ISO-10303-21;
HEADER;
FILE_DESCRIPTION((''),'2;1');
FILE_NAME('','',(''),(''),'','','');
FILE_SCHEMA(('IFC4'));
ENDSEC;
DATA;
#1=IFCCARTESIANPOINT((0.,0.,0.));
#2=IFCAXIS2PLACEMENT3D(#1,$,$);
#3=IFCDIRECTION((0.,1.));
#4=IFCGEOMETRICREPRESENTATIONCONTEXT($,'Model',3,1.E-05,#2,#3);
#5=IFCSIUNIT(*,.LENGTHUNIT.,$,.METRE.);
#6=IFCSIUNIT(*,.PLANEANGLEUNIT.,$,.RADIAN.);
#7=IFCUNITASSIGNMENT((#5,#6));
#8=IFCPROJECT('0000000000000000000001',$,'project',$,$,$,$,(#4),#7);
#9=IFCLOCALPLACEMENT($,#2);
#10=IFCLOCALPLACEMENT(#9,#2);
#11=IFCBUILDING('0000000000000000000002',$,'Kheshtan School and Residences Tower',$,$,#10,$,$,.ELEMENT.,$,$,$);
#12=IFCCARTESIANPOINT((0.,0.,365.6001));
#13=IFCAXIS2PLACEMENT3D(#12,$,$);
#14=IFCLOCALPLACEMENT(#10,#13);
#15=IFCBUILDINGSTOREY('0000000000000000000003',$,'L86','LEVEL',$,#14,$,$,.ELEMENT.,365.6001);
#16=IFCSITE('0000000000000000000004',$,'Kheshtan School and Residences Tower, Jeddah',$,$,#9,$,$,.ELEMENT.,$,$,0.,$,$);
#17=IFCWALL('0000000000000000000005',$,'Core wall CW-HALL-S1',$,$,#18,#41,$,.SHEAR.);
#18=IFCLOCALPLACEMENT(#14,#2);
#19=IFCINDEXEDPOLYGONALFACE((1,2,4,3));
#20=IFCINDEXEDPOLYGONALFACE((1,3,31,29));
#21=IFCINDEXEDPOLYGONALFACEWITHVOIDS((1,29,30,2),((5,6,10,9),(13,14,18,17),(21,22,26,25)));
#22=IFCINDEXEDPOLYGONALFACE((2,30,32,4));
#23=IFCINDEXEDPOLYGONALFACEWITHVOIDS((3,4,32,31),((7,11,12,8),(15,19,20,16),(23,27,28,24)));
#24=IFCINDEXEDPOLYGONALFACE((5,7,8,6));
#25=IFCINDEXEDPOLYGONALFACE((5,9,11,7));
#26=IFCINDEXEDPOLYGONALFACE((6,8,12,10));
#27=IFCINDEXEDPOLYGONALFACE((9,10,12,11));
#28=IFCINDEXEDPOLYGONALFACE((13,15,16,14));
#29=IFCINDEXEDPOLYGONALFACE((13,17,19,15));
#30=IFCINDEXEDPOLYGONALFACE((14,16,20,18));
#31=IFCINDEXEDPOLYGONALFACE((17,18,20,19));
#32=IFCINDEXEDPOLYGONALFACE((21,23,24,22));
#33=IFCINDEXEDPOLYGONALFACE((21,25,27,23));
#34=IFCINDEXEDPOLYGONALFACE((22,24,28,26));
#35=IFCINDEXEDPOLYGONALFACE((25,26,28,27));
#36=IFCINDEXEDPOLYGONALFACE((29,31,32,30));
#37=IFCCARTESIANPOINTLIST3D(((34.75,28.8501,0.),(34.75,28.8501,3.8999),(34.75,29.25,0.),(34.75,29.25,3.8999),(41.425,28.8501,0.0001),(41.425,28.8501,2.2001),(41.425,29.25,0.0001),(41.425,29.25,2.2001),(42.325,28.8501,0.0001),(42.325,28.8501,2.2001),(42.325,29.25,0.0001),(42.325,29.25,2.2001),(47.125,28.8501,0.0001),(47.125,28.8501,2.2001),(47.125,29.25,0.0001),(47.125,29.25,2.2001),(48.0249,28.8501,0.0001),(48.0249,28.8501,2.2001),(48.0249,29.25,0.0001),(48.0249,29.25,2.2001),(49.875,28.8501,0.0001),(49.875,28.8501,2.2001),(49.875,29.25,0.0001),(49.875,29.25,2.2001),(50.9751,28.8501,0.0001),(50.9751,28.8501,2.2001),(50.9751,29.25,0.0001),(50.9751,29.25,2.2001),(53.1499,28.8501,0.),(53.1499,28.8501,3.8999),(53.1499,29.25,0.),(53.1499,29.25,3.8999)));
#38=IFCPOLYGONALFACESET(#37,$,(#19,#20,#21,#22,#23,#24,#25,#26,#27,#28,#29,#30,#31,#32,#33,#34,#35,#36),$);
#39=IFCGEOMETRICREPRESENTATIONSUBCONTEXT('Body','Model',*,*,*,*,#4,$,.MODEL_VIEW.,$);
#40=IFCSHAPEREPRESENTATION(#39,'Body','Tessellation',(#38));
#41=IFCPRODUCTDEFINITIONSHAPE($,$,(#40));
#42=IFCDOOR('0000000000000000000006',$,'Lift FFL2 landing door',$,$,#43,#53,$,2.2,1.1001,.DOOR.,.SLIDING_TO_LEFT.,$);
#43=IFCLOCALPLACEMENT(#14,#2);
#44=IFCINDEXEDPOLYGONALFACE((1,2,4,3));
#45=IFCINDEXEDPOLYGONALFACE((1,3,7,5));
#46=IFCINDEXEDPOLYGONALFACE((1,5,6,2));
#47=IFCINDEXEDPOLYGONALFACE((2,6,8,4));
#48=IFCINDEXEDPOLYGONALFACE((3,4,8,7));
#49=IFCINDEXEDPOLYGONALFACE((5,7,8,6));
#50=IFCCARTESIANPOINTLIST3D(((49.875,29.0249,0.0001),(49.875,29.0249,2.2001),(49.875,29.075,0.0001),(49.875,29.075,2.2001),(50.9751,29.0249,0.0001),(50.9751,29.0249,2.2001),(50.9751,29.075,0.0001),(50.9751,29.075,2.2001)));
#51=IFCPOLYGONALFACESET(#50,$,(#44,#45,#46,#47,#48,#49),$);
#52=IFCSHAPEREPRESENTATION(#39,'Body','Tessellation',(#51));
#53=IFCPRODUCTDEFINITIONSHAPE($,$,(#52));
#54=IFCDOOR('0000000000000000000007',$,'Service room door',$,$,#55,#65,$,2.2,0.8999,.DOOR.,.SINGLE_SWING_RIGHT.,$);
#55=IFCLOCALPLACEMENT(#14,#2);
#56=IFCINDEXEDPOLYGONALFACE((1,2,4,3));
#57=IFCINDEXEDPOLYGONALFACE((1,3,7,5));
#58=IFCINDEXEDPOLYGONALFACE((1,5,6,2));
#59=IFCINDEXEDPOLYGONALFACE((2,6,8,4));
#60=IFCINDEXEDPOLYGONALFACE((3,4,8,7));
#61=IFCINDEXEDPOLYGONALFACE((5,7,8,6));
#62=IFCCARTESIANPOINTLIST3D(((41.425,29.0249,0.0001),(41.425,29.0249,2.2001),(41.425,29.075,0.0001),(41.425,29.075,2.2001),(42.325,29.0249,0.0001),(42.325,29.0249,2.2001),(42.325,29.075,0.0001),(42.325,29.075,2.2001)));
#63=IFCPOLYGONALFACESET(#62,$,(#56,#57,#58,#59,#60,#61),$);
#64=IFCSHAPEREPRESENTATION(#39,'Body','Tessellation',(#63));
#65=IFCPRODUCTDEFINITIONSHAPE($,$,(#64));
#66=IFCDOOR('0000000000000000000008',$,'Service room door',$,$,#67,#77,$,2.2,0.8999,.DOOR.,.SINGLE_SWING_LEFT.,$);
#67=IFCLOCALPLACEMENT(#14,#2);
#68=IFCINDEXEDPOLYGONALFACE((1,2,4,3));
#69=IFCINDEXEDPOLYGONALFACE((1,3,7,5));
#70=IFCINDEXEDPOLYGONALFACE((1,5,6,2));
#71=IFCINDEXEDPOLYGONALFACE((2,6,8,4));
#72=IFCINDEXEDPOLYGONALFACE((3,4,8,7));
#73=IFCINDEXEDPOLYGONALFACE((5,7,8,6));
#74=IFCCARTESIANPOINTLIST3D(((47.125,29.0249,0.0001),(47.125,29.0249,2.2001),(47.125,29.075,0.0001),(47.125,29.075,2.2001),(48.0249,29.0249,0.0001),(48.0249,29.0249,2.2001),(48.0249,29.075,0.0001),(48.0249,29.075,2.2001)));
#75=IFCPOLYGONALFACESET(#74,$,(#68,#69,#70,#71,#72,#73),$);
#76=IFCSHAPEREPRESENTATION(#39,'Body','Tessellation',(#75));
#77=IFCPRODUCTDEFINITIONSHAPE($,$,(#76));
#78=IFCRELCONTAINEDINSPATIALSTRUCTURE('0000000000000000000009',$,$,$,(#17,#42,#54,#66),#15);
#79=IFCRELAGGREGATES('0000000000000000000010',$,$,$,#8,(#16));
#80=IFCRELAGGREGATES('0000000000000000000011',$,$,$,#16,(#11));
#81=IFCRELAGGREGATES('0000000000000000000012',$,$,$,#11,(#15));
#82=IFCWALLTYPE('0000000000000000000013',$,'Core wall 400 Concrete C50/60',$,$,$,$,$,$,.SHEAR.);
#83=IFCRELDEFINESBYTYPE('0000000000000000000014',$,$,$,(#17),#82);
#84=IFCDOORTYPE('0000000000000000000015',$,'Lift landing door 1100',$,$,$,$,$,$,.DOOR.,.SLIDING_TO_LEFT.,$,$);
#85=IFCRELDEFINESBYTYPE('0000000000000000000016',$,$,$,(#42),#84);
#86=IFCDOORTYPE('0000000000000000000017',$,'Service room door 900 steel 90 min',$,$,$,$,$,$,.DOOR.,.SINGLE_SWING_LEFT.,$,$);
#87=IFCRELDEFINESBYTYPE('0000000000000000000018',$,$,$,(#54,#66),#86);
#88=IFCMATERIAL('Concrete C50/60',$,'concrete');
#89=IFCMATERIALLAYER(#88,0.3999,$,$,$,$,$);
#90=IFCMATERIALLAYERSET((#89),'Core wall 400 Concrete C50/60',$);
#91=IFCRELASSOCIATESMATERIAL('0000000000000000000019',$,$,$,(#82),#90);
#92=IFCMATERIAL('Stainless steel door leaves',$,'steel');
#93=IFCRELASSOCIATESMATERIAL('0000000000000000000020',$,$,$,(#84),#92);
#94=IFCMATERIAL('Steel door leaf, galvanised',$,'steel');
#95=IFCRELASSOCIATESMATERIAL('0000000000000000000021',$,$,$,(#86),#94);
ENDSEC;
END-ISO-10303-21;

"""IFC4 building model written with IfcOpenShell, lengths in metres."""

from ifc_helpers import new_model, si_unit, direction, frame, frame_2d, origin, place, context, subcontext, project, spatial, rectangle, extrude, source, transform, mapped, material, layer, layer_set, type_object, element, fill, save


model = new_model("IFC4")

# Units and contexts
model_context = context("Model", 3, precision=1e-05, world=origin(), true_north=direction((0.0, 1.0)))
body_context = subcontext(model_context, "Body", "Model", "MODEL_VIEW")
ifc_project = project(units=[si_unit("LENGTHUNIT", "METRE"), si_unit("PLANEANGLEUNIT", "RADIAN")], contexts=[model_context])

# Site, building, storey
site_placement = place(None, origin())
site = spatial("IfcSite", under=ifc_project, at=site_placement, Name="Kheshtan School and Residences Tower, Jeddah", CompositionType="ELEMENT", RefElevation=0.0)
building_placement = place(site_placement, origin())
building = spatial("IfcBuilding", under=site, at=building_placement, Name="Kheshtan School and Residences Tower", CompositionType="ELEMENT")
storey_placement = place(building_placement, frame((0.0, 0.0, 365.6001)))
storey = spatial("IfcBuildingStorey", under=building, at=storey_placement, Name="L86", Description="LEVEL", CompositionType="ELEMENT", Elevation=365.6001)

# Wall, openings, doors
ifc_material_1 = material(Name="Concrete C50/60", Category="concrete")
ifc_layer_1 = layer(ifc_material_1, 0.3999)
ifc_layer_set_1 = layer_set([ifc_layer_1], Name="Core wall 400 Concrete C50/60")
wall_type_1 = type_object("IfcWallType", Name="Core wall 400 Concrete C50/60", PredefinedType="SHEAR", material=ifc_layer_set_1)
wall_1_placement = place(storey_placement, frame((34.75, 29.05, 0.0), z_axis=(0.0, 0.0, 1.0), x_axis=(1.0, 0.0, 0.0)))
wall_1 = element("IfcWall", 1, at=wall_1_placement, inside=storey, type_object=wall_type_1, Name="Core wall CW-HALL-S1", PredefinedType="SHEAR", context=body_context, shape_type="SweptSolid", body=[
    extrude(rectangle(XDim=18.3999, YDim=0.3999, at=frame_2d((9.2, 0.0))), origin(), (0.0, 0.0, 1.0), 3.8999),
])
opening_1_placement = place(wall_1_placement, frame((15.125, 0.0, 0.0)))
opening_1 = element("IfcOpeningElement", 2, at=opening_1_placement, cuts=wall_1, PredefinedType="OPENING", context=body_context, shape_type="SweptSolid", body=[
    extrude(rectangle(XDim=1.1001, YDim=2.2, at=frame_2d((0.55, 1.1001))), frame((0.0, 0.21, 0.0), z_axis=(0.0, -1.0, 0.0), x_axis=(1.0, 0.0, 0.0)), (0.0, 0.0, 1.0), 0.4199),
])
opening_2_placement = place(wall_1_placement, frame((6.675, 0.0, 0.0)))
opening_2 = element("IfcOpeningElement", 3, at=opening_2_placement, cuts=wall_1, PredefinedType="OPENING", context=body_context, shape_type="SweptSolid", body=[
    extrude(rectangle(XDim=0.8999, YDim=2.2, at=frame_2d((0.45, 1.1001))), frame((0.0, 0.21, 0.0), z_axis=(0.0, -1.0, 0.0), x_axis=(1.0, 0.0, 0.0)), (0.0, 0.0, 1.0), 0.4199),
])
opening_3_placement = place(wall_1_placement, frame((12.375, 0.0, 0.0)))
opening_3 = element("IfcOpeningElement", 4, at=opening_3_placement, cuts=wall_1, PredefinedType="OPENING", context=body_context, shape_type="SweptSolid", body=[
    extrude(rectangle(XDim=0.8999, YDim=2.2, at=frame_2d((0.45, 1.1001))), frame((0.0, 0.21, 0.0), z_axis=(0.0, -1.0, 0.0), x_axis=(1.0, 0.0, 0.0)), (0.0, 0.0, 1.0), 0.4199),
])
ifc_material_2 = material(Name="Stainless steel door leaves", Category="steel")
door_type_1 = type_object("IfcDoorType", Name="Lift landing door 1100", OperationType="SLIDING_TO_LEFT", PredefinedType="DOOR", material=ifc_material_2)
shared_shape_1 = source(origin(), body_context, "Body", "SweptSolid", [
    extrude(rectangle(XDim=1.1001, YDim=2.2, at=frame_2d((0.55, 1.1001))), frame((0.0, 0.0249, 0.0), z_axis=(0.0, -1.0, 0.0), x_axis=(1.0, 0.0, 0.0)), (0.0, 0.0, 1.0), 0.05),
])
door_1_placement = place(opening_1_placement, origin())
door_1 = element("IfcDoor", 5, at=door_1_placement, inside=storey, type_object=door_type_1, Name="Lift FFL2 landing door", OperationType="SLIDING_TO_LEFT", OverallHeight=2.2, OverallWidth=1.1001, PredefinedType="DOOR", context=body_context, shape_type="MappedRepresentation", body=[
    mapped(shared_shape_1, transform((0.0, 0.0, 0.0), x_axis=(1.0, 0.0, 0.0), y_axis=(0.0, 1.0, 0.0), z_axis=(0.0, 0.0, 1.0), scale=1.0)),
])
fill(opening_1, door_1)
ifc_material_3 = material(Name="Steel door leaf, galvanised", Category="steel")
door_type_2 = type_object("IfcDoorType", Name="Service room door 900 steel 90 min", OperationType="SINGLE_SWING_LEFT", PredefinedType="DOOR", material=ifc_material_3)
shared_shape_2 = source(origin(), body_context, "Body", "SweptSolid", [
    extrude(rectangle(XDim=0.8999, YDim=2.2, at=frame_2d((0.45, 1.1001))), frame((0.0, 0.0249, 0.0), z_axis=(0.0, -1.0, 0.0), x_axis=(1.0, 0.0, 0.0)), (0.0, 0.0, 1.0), 0.05),
])
door_2_placement = place(opening_2_placement, origin())
door_2 = element("IfcDoor", 6, at=door_2_placement, inside=storey, type_object=door_type_2, Name="Service room door", OperationType="SINGLE_SWING_RIGHT", OverallHeight=2.2, OverallWidth=0.8999, PredefinedType="DOOR", context=body_context, shape_type="MappedRepresentation", body=[
    mapped(shared_shape_2, transform((0.0, 0.0, 0.0), x_axis=(1.0, 0.0, 0.0), y_axis=(0.0, 1.0, 0.0), z_axis=(0.0, 0.0, 1.0), scale=1.0)),
])
fill(opening_2, door_2)
door_3_placement = place(opening_3_placement, origin())
door_3 = element("IfcDoor", 7, at=door_3_placement, inside=storey, type_object=door_type_2, Name="Service room door", OperationType="SINGLE_SWING_LEFT", OverallHeight=2.2, OverallWidth=0.8999, PredefinedType="DOOR", context=body_context, shape_type="MappedRepresentation", body=[
    mapped(shared_shape_2, transform((0.0, 0.0, 0.0), x_axis=(1.0, 0.0, 0.0), y_axis=(0.0, 1.0, 0.0), z_axis=(0.0, 0.0, 1.0), scale=1.0)),
])
fill(opening_3, door_3)

save(model, "model.ifc")
